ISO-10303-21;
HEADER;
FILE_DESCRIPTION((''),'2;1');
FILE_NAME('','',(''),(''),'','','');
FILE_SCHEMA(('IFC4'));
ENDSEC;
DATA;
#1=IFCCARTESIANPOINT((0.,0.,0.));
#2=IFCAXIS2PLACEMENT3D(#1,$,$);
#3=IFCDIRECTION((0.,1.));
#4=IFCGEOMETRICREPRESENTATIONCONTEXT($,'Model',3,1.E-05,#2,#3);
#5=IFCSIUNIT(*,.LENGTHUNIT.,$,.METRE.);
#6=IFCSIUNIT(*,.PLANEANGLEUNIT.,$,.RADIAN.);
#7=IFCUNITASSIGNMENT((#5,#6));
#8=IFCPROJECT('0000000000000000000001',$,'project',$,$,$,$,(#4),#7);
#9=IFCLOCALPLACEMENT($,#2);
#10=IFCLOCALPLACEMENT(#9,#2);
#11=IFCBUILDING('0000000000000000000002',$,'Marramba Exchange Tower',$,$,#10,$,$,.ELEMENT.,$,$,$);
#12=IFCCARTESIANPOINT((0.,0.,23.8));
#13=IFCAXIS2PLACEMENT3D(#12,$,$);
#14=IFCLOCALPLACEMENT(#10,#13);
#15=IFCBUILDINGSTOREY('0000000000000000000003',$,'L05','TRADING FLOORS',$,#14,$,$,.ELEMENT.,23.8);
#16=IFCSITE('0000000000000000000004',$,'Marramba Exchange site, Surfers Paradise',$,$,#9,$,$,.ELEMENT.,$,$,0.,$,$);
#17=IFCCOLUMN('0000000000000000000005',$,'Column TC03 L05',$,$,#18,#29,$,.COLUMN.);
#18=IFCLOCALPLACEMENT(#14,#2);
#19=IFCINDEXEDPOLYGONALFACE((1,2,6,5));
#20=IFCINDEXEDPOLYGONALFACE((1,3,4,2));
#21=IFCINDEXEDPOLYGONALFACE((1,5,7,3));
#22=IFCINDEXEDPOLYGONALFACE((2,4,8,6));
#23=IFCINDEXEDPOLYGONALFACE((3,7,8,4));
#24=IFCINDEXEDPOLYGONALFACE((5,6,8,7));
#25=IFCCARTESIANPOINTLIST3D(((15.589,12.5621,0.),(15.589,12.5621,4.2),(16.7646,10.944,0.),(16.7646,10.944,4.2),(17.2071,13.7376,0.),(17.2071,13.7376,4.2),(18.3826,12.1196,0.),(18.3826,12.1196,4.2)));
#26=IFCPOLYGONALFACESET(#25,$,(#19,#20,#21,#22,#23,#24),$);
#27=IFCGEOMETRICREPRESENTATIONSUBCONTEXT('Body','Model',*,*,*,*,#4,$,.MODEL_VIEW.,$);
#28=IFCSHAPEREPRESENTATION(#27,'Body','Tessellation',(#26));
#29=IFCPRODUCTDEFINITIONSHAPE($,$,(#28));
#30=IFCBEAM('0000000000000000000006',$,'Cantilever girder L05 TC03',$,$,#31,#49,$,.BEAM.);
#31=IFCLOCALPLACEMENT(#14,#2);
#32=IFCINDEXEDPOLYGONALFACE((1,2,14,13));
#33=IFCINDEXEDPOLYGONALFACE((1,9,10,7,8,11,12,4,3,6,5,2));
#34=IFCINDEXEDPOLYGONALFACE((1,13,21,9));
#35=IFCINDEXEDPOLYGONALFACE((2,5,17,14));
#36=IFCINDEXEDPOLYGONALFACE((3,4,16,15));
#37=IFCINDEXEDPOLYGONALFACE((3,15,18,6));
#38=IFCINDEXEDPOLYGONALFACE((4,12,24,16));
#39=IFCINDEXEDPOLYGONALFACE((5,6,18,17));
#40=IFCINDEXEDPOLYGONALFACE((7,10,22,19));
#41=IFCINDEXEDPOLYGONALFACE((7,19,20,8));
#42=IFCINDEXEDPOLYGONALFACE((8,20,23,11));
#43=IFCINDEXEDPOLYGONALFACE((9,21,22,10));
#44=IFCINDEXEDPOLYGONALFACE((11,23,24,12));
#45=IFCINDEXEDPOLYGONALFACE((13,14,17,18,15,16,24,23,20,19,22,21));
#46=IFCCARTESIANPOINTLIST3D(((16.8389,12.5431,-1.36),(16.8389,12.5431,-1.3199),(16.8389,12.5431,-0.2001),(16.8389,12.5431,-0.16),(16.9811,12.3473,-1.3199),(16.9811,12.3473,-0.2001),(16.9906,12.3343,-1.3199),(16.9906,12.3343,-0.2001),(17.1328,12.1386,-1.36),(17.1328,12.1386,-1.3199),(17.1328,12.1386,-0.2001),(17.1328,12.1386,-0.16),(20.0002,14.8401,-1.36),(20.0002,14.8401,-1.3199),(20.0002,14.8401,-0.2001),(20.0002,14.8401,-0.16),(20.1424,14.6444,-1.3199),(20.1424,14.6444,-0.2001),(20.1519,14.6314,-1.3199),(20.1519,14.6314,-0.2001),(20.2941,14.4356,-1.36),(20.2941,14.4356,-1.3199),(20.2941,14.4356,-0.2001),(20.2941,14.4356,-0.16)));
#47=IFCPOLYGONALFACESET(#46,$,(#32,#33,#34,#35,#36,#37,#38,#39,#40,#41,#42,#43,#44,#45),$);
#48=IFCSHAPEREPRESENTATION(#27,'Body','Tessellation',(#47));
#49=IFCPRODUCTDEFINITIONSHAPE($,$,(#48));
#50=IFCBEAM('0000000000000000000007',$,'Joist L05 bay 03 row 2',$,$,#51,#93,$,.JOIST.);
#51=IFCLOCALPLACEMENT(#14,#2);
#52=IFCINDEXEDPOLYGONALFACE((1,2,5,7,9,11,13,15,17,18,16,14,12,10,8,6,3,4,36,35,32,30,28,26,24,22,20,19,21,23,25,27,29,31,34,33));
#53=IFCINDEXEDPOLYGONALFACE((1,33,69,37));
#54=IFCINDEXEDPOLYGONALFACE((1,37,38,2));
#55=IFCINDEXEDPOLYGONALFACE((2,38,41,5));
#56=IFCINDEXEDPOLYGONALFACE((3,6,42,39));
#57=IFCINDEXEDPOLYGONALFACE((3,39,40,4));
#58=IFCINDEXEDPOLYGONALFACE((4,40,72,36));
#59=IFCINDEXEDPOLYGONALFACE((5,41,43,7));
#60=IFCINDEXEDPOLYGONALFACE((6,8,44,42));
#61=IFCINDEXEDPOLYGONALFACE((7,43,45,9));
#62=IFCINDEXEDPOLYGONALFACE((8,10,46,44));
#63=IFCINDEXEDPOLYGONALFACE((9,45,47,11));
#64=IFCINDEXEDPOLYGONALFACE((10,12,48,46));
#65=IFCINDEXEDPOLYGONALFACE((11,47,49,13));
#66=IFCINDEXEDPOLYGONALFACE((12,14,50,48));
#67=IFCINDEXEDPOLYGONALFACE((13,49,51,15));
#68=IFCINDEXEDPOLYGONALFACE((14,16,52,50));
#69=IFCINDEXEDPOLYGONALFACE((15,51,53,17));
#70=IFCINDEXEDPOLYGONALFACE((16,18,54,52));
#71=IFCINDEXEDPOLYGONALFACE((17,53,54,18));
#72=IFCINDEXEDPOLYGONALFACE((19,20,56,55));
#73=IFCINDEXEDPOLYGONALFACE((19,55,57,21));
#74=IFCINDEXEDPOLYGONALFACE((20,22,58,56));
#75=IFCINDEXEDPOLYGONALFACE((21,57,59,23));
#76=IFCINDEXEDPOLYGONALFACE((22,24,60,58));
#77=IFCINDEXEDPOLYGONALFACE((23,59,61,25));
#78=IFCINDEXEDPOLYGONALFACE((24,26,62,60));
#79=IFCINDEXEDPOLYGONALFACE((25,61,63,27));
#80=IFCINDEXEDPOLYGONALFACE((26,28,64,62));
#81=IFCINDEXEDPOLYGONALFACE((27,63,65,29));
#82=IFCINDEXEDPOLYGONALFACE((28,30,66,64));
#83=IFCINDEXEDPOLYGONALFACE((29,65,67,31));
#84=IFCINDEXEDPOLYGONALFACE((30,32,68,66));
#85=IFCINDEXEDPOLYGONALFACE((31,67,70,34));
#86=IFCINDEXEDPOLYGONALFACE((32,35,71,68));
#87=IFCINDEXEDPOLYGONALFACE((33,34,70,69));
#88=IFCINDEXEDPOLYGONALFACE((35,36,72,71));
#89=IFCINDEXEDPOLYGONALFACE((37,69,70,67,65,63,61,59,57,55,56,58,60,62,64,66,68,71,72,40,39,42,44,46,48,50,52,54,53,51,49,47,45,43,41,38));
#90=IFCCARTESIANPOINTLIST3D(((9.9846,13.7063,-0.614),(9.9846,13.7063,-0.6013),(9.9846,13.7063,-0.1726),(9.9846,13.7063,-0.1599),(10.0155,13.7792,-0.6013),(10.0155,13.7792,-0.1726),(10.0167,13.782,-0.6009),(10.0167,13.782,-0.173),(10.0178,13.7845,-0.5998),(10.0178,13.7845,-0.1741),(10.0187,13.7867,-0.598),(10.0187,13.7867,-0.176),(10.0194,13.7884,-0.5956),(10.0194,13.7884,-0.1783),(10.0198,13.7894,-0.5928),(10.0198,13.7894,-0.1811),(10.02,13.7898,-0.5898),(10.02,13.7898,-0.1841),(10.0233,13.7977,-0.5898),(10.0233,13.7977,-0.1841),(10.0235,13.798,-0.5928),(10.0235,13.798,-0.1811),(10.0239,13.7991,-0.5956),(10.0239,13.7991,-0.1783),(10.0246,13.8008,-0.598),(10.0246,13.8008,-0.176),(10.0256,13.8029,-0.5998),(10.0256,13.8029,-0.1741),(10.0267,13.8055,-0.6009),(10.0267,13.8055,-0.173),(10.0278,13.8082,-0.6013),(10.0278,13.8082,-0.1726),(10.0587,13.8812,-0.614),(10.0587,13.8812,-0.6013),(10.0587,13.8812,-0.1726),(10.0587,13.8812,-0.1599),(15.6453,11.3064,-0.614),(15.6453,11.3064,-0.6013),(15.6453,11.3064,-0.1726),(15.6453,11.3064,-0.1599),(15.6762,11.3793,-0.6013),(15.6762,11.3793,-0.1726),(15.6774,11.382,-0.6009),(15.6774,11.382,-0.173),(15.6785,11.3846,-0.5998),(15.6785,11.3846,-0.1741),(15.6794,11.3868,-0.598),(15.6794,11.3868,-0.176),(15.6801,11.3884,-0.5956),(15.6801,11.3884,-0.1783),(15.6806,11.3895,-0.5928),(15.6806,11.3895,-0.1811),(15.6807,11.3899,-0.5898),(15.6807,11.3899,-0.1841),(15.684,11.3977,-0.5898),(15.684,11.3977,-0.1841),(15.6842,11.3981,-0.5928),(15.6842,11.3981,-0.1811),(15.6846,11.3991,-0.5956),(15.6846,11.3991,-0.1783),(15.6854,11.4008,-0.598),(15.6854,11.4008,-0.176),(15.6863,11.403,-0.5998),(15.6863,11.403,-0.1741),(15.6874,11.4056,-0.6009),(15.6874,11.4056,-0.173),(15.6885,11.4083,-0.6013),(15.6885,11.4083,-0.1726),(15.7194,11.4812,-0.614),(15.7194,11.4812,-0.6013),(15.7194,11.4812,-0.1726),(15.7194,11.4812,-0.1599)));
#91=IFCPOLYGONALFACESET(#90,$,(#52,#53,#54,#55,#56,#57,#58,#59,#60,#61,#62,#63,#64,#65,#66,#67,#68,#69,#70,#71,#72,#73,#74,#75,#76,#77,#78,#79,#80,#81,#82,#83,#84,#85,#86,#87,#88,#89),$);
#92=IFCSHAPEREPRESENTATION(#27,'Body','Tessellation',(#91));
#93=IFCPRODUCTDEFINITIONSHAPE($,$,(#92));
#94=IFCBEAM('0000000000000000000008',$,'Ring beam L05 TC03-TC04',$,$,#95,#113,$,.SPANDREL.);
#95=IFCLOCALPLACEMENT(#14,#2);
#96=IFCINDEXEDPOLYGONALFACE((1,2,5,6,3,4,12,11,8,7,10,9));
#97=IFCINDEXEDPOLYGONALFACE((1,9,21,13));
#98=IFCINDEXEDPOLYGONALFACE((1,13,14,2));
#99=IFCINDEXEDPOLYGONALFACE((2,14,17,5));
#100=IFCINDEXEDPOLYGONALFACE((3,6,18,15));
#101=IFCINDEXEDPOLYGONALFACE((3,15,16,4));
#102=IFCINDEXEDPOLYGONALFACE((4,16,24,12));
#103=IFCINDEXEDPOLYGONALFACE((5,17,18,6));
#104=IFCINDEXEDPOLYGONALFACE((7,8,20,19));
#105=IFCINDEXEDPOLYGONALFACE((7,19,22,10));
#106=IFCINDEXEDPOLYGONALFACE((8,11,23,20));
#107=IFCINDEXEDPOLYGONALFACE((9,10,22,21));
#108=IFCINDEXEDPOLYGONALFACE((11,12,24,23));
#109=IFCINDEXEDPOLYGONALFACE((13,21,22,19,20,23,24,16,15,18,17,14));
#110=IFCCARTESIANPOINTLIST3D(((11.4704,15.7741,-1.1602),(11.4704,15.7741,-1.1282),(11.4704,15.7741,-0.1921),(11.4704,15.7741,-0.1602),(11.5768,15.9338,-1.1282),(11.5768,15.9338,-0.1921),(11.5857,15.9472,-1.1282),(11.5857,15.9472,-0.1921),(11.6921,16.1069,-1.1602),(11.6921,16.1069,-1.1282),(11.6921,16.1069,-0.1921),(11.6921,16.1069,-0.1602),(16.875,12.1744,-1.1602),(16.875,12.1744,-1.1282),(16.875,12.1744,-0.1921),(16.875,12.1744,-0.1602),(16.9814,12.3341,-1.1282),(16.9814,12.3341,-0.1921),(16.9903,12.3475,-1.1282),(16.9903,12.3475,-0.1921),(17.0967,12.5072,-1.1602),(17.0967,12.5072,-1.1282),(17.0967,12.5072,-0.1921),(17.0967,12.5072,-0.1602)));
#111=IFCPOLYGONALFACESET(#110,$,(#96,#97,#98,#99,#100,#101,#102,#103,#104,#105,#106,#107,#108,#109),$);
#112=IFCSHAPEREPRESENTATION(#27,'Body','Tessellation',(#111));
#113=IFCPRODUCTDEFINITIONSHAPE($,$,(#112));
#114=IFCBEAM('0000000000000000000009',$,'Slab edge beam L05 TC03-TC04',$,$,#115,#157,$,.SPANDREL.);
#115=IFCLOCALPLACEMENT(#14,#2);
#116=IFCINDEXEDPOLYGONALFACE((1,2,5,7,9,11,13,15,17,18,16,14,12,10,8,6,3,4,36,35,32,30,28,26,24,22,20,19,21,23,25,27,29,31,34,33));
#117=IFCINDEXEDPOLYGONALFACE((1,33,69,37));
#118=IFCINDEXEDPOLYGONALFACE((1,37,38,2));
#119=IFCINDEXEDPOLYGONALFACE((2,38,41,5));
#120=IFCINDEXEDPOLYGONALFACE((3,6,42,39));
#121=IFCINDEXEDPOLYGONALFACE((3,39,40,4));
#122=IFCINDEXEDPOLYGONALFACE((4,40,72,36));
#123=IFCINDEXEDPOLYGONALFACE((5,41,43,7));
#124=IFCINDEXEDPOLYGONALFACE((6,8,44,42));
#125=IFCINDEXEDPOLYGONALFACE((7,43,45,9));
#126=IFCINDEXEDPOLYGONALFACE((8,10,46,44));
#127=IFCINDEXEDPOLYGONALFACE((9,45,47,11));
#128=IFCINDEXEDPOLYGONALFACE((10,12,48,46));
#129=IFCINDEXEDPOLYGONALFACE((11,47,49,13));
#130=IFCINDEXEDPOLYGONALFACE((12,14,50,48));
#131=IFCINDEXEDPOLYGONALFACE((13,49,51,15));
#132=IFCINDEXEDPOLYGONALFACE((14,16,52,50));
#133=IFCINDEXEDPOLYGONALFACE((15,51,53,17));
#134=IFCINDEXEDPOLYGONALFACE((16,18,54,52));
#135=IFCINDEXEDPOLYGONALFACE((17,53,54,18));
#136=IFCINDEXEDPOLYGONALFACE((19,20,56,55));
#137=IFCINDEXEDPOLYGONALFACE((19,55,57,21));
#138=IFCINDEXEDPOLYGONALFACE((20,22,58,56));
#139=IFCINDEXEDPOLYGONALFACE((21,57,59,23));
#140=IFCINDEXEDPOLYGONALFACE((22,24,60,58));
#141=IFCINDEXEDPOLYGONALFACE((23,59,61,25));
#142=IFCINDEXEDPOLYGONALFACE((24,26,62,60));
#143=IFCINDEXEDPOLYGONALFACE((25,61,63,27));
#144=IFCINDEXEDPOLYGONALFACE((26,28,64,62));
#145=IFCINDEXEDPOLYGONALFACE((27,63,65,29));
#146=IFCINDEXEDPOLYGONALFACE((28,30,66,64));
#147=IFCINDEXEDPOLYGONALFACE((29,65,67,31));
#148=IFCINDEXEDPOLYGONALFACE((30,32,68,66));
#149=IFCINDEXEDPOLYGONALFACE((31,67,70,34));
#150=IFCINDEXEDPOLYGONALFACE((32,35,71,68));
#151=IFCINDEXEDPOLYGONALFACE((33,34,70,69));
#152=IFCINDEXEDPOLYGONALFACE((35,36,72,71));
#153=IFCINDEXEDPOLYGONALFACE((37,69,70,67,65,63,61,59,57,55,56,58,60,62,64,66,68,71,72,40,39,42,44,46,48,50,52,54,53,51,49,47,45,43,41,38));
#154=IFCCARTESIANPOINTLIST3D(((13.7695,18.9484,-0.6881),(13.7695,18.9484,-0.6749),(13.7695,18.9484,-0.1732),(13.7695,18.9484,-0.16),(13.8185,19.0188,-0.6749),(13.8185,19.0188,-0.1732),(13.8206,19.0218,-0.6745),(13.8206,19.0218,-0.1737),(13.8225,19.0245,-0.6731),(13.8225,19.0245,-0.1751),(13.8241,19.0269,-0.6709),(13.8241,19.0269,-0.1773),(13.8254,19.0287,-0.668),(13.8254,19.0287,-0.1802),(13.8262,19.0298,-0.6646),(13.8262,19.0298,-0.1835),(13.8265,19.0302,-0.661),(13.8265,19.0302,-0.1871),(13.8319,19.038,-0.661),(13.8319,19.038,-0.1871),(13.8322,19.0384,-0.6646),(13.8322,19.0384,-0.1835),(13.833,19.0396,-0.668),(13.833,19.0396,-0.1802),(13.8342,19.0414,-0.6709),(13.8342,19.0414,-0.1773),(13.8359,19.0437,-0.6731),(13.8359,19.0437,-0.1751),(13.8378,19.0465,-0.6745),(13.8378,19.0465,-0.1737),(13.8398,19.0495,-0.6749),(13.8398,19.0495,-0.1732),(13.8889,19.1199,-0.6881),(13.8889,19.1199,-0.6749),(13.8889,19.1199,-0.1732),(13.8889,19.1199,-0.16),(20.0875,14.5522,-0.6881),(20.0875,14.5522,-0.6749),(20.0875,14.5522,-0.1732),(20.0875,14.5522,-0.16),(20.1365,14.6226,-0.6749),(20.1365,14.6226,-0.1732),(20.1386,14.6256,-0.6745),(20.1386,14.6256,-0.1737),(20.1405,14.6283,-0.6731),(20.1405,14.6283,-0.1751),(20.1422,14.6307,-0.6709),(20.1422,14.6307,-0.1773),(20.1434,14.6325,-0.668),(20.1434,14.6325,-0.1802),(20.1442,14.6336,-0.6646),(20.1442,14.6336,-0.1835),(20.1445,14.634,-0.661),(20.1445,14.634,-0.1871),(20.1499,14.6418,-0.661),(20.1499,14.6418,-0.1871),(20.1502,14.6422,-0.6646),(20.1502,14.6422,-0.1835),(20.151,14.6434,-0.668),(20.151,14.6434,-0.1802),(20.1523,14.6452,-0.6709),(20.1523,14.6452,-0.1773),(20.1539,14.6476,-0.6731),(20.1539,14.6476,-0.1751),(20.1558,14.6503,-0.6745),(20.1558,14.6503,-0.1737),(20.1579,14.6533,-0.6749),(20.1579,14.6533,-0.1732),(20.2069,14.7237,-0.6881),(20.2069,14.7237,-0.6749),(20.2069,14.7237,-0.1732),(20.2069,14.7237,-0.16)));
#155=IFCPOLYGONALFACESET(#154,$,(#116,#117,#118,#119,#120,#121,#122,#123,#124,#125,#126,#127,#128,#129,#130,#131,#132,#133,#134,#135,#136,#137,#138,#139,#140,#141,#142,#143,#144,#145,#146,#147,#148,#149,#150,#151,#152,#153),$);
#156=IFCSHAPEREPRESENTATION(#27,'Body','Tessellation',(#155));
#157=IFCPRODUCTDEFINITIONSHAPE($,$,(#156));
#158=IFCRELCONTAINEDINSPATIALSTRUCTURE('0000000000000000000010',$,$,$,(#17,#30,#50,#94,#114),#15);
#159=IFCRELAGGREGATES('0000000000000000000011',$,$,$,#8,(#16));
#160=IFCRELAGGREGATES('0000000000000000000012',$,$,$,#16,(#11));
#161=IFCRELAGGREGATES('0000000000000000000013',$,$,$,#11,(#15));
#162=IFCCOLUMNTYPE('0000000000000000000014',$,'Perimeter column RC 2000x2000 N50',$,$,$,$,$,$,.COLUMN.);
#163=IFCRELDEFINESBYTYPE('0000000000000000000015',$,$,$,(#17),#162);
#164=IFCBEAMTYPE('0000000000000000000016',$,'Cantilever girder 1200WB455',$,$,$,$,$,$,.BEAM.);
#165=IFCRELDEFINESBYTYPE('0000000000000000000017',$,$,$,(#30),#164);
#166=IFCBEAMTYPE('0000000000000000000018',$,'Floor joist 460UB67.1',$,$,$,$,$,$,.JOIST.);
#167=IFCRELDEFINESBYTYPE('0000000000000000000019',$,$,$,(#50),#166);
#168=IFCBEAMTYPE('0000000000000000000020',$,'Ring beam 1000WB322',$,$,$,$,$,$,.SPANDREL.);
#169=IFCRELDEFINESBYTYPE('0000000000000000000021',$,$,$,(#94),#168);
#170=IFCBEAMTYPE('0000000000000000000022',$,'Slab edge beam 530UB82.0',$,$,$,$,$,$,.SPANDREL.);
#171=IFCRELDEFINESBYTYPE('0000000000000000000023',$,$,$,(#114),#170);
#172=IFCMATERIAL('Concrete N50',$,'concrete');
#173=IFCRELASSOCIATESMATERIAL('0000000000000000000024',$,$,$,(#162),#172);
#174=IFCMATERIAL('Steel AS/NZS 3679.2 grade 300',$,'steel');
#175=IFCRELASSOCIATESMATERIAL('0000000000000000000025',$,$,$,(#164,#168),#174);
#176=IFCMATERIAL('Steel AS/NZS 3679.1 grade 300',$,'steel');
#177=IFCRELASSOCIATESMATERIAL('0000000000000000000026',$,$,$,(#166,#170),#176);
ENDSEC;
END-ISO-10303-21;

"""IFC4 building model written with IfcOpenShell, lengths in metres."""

from ifc_helpers import new_model, si_unit, direction, frame, origin, origin_2d, place, context, subcontext, project, spatial, rectangle, i_section, extrude, material, material_profile, profile_set, type_object, element, save


model = new_model("IFC4")

# Units and contexts
model_context = context("Model", 3, precision=1e-05, world=origin(), true_north=direction((0.0, 1.0)))
body_context = subcontext(model_context, "Body", "Model", "MODEL_VIEW")
ifc_project = project(units=[si_unit("LENGTHUNIT", "METRE"), si_unit("PLANEANGLEUNIT", "RADIAN")], contexts=[model_context])

# Site, building, storey
site_placement = place(None, origin())
site = spatial("IfcSite", under=ifc_project, at=site_placement, Name="Marramba Exchange site, Surfers Paradise", CompositionType="ELEMENT", RefElevation=0.0)
building_placement = place(site_placement, origin())
building = spatial("IfcBuilding", under=site, at=building_placement, Name="Marramba Exchange Tower", CompositionType="ELEMENT")
storey_placement = place(building_placement, frame((0.0, 0.0, 23.8)))
storey = spatial("IfcBuildingStorey", under=building, at=storey_placement, Name="L05", Description="TRADING FLOORS", CompositionType="ELEMENT", Elevation=23.8)

# Column
ifc_material_1 = material(Name="Concrete N50", Category="concrete")
ifc_material_profile_1 = material_profile(ifc_material_1, rectangle(XDim=2.0, YDim=2.0, at=origin_2d()), Name="RC 2000x2000")
ifc_profile_set_1 = profile_set([ifc_material_profile_1], Name="Concrete N50")
column_type = type_object("IfcColumnType", Name="Perimeter column RC 2000x2000 N50", PredefinedType="COLUMN", material=ifc_profile_set_1)
column_placement = place(storey_placement, frame((16.9858, 12.3408, 0.0), z_axis=(0.0, 0.0, 1.0), x_axis=(0.809017, 0.587785, 0.0)))
element("IfcColumn", 1, at=column_placement, inside=storey, type_object=column_type, Name="Column TC03 L05", PredefinedType="COLUMN", context=body_context, shape_type="SweptSolid", body=[
    extrude(rectangle(XDim=2.0, YDim=2.0, at=origin_2d()), origin(), (0.0, 0.0, 1.0), 4.2),
])

# Beams
ifc_material_2 = material(Name="Steel AS/NZS 3679.2 grade 300", Category="steel")
ifc_material_profile_2 = material_profile(ifc_material_2, i_section(OverallWidth=0.5, OverallDepth=1.2, WebThickness=0.0161, FlangeThickness=0.04, at=origin_2d()), Name="1200WB455")
ifc_profile_set_2 = profile_set([ifc_material_profile_2], Name="Steel AS/NZS 3679.2 grade 300")
beam_type_1 = type_object("IfcBeamType", Name="Cantilever girder 1200WB455", PredefinedType="BEAM", material=ifc_profile_set_2)
beam_1_placement = place(storey_placement, frame((16.9858, 12.3408, -0.76), z_axis=(0.808987, 0.587826, 0.0), x_axis=(-0.587826, 0.808987, 0.0)))
element("IfcBeam", 2, at=beam_1_placement, inside=storey, type_object=beam_type_1, Name="Cantilever girder L05 TC03", PredefinedType="BEAM", context=body_context, shape_type="SweptSolid", body=[
    extrude(i_section(OverallWidth=0.5, OverallDepth=1.2, WebThickness=0.0161, FlangeThickness=0.04, at=origin_2d()), origin(), (0.0, 0.0, 1.0), 3.9077),
])
ifc_material_3 = material(Name="Steel AS/NZS 3679.1 grade 300", Category="steel")
ifc_material_profile_3 = material_profile(ifc_material_3, i_section(OverallWidth=0.1899, OverallDepth=0.4541, WebThickness=0.0085, FlangeThickness=0.0127, FilletRadius=0.0115, at=origin_2d()), Name="460UB67.1")
ifc_profile_set_3 = profile_set([ifc_material_profile_3], Name="Steel AS/NZS 3679.1 grade 300")
beam_type_2 = type_object("IfcBeamType", Name="Floor joist 460UB67.1", PredefinedType="JOIST", material=ifc_profile_set_3)
beam_2_placement = place(storey_placement, frame((15.6824, 11.3938, -0.387), z_axis=(-0.920674, 0.390332, 0.0), x_axis=(-0.390332, -0.920674, 0.0)))
element("IfcBeam", 3, at=beam_2_placement, inside=storey, type_object=beam_type_2, Name="Joist L05 bay 03 row 2", PredefinedType="JOIST", context=body_context, shape_type="SweptSolid", body=[
    extrude(i_section(OverallWidth=0.1899, OverallDepth=0.4541, WebThickness=0.0085, FlangeThickness=0.0127, FilletRadius=0.0115, at=origin_2d()), origin(), (0.0, 0.0, 1.0), 6.1484),
])
ifc_material_profile_4 = material_profile(ifc_material_2, i_section(OverallWidth=0.3999, OverallDepth=1.0, WebThickness=0.0161, FlangeThickness=0.032, at=origin_2d()), Name="1000WB322")
ifc_profile_set_4 = profile_set([ifc_material_profile_4], Name="Steel AS/NZS 3679.2 grade 300")
beam_type_3 = type_object("IfcBeamType", Name="Ring beam 1000WB322", PredefinedType="SPANDREL", material=ifc_profile_set_4)
beam_3_placement = place(storey_placement, frame((16.9858, 12.3408, -0.6602), z_axis=(-0.832293, 0.554336, 0.0), x_axis=(-0.554336, -0.832293, 0.0)))
element("IfcBeam", 4, at=beam_3_placement, inside=storey, type_object=beam_type_3, Name="Ring beam L05 TC03-TC04", PredefinedType="SPANDREL", context=body_context, shape_type="SweptSolid", body=[
    extrude(i_section(OverallWidth=0.3999, OverallDepth=1.0, WebThickness=0.0161, FlangeThickness=0.032, at=origin_2d()), origin(), (0.0, 0.0, 1.0), 6.4937),
])
ifc_material_profile_5 = material_profile(ifc_material_3, i_section(OverallWidth=0.209, OverallDepth=0.5281, WebThickness=0.0095, FlangeThickness=0.0132, FilletRadius=0.0139, at=origin_2d()), Name="530UB82.0")
ifc_profile_set_5 = profile_set([ifc_material_profile_5], Name="Steel AS/NZS 3679.1 grade 300")
beam_type_4 = type_object("IfcBeamType", Name="Slab edge beam 530UB82.0", PredefinedType="SPANDREL", material=ifc_profile_set_5)
beam_4_placement = place(storey_placement, frame((20.1472, 14.6379, -0.4241), z_axis=(-0.820842, 0.571155, 0.0), x_axis=(-0.571155, -0.820842, 0.0)))
element("IfcBeam", 5, at=beam_4_placement, inside=storey, type_object=beam_type_4, Name="Slab edge beam L05 TC03-TC04", PredefinedType="SPANDREL", context=body_context, shape_type="SweptSolid", body=[
    extrude(i_section(OverallWidth=0.209, OverallDepth=0.5281, WebThickness=0.0095, FlangeThickness=0.0132, FilletRadius=0.0139, at=origin_2d()), origin(), (0.0, 0.0, 1.0), 7.697),
])

save(model, "model.ifc")
